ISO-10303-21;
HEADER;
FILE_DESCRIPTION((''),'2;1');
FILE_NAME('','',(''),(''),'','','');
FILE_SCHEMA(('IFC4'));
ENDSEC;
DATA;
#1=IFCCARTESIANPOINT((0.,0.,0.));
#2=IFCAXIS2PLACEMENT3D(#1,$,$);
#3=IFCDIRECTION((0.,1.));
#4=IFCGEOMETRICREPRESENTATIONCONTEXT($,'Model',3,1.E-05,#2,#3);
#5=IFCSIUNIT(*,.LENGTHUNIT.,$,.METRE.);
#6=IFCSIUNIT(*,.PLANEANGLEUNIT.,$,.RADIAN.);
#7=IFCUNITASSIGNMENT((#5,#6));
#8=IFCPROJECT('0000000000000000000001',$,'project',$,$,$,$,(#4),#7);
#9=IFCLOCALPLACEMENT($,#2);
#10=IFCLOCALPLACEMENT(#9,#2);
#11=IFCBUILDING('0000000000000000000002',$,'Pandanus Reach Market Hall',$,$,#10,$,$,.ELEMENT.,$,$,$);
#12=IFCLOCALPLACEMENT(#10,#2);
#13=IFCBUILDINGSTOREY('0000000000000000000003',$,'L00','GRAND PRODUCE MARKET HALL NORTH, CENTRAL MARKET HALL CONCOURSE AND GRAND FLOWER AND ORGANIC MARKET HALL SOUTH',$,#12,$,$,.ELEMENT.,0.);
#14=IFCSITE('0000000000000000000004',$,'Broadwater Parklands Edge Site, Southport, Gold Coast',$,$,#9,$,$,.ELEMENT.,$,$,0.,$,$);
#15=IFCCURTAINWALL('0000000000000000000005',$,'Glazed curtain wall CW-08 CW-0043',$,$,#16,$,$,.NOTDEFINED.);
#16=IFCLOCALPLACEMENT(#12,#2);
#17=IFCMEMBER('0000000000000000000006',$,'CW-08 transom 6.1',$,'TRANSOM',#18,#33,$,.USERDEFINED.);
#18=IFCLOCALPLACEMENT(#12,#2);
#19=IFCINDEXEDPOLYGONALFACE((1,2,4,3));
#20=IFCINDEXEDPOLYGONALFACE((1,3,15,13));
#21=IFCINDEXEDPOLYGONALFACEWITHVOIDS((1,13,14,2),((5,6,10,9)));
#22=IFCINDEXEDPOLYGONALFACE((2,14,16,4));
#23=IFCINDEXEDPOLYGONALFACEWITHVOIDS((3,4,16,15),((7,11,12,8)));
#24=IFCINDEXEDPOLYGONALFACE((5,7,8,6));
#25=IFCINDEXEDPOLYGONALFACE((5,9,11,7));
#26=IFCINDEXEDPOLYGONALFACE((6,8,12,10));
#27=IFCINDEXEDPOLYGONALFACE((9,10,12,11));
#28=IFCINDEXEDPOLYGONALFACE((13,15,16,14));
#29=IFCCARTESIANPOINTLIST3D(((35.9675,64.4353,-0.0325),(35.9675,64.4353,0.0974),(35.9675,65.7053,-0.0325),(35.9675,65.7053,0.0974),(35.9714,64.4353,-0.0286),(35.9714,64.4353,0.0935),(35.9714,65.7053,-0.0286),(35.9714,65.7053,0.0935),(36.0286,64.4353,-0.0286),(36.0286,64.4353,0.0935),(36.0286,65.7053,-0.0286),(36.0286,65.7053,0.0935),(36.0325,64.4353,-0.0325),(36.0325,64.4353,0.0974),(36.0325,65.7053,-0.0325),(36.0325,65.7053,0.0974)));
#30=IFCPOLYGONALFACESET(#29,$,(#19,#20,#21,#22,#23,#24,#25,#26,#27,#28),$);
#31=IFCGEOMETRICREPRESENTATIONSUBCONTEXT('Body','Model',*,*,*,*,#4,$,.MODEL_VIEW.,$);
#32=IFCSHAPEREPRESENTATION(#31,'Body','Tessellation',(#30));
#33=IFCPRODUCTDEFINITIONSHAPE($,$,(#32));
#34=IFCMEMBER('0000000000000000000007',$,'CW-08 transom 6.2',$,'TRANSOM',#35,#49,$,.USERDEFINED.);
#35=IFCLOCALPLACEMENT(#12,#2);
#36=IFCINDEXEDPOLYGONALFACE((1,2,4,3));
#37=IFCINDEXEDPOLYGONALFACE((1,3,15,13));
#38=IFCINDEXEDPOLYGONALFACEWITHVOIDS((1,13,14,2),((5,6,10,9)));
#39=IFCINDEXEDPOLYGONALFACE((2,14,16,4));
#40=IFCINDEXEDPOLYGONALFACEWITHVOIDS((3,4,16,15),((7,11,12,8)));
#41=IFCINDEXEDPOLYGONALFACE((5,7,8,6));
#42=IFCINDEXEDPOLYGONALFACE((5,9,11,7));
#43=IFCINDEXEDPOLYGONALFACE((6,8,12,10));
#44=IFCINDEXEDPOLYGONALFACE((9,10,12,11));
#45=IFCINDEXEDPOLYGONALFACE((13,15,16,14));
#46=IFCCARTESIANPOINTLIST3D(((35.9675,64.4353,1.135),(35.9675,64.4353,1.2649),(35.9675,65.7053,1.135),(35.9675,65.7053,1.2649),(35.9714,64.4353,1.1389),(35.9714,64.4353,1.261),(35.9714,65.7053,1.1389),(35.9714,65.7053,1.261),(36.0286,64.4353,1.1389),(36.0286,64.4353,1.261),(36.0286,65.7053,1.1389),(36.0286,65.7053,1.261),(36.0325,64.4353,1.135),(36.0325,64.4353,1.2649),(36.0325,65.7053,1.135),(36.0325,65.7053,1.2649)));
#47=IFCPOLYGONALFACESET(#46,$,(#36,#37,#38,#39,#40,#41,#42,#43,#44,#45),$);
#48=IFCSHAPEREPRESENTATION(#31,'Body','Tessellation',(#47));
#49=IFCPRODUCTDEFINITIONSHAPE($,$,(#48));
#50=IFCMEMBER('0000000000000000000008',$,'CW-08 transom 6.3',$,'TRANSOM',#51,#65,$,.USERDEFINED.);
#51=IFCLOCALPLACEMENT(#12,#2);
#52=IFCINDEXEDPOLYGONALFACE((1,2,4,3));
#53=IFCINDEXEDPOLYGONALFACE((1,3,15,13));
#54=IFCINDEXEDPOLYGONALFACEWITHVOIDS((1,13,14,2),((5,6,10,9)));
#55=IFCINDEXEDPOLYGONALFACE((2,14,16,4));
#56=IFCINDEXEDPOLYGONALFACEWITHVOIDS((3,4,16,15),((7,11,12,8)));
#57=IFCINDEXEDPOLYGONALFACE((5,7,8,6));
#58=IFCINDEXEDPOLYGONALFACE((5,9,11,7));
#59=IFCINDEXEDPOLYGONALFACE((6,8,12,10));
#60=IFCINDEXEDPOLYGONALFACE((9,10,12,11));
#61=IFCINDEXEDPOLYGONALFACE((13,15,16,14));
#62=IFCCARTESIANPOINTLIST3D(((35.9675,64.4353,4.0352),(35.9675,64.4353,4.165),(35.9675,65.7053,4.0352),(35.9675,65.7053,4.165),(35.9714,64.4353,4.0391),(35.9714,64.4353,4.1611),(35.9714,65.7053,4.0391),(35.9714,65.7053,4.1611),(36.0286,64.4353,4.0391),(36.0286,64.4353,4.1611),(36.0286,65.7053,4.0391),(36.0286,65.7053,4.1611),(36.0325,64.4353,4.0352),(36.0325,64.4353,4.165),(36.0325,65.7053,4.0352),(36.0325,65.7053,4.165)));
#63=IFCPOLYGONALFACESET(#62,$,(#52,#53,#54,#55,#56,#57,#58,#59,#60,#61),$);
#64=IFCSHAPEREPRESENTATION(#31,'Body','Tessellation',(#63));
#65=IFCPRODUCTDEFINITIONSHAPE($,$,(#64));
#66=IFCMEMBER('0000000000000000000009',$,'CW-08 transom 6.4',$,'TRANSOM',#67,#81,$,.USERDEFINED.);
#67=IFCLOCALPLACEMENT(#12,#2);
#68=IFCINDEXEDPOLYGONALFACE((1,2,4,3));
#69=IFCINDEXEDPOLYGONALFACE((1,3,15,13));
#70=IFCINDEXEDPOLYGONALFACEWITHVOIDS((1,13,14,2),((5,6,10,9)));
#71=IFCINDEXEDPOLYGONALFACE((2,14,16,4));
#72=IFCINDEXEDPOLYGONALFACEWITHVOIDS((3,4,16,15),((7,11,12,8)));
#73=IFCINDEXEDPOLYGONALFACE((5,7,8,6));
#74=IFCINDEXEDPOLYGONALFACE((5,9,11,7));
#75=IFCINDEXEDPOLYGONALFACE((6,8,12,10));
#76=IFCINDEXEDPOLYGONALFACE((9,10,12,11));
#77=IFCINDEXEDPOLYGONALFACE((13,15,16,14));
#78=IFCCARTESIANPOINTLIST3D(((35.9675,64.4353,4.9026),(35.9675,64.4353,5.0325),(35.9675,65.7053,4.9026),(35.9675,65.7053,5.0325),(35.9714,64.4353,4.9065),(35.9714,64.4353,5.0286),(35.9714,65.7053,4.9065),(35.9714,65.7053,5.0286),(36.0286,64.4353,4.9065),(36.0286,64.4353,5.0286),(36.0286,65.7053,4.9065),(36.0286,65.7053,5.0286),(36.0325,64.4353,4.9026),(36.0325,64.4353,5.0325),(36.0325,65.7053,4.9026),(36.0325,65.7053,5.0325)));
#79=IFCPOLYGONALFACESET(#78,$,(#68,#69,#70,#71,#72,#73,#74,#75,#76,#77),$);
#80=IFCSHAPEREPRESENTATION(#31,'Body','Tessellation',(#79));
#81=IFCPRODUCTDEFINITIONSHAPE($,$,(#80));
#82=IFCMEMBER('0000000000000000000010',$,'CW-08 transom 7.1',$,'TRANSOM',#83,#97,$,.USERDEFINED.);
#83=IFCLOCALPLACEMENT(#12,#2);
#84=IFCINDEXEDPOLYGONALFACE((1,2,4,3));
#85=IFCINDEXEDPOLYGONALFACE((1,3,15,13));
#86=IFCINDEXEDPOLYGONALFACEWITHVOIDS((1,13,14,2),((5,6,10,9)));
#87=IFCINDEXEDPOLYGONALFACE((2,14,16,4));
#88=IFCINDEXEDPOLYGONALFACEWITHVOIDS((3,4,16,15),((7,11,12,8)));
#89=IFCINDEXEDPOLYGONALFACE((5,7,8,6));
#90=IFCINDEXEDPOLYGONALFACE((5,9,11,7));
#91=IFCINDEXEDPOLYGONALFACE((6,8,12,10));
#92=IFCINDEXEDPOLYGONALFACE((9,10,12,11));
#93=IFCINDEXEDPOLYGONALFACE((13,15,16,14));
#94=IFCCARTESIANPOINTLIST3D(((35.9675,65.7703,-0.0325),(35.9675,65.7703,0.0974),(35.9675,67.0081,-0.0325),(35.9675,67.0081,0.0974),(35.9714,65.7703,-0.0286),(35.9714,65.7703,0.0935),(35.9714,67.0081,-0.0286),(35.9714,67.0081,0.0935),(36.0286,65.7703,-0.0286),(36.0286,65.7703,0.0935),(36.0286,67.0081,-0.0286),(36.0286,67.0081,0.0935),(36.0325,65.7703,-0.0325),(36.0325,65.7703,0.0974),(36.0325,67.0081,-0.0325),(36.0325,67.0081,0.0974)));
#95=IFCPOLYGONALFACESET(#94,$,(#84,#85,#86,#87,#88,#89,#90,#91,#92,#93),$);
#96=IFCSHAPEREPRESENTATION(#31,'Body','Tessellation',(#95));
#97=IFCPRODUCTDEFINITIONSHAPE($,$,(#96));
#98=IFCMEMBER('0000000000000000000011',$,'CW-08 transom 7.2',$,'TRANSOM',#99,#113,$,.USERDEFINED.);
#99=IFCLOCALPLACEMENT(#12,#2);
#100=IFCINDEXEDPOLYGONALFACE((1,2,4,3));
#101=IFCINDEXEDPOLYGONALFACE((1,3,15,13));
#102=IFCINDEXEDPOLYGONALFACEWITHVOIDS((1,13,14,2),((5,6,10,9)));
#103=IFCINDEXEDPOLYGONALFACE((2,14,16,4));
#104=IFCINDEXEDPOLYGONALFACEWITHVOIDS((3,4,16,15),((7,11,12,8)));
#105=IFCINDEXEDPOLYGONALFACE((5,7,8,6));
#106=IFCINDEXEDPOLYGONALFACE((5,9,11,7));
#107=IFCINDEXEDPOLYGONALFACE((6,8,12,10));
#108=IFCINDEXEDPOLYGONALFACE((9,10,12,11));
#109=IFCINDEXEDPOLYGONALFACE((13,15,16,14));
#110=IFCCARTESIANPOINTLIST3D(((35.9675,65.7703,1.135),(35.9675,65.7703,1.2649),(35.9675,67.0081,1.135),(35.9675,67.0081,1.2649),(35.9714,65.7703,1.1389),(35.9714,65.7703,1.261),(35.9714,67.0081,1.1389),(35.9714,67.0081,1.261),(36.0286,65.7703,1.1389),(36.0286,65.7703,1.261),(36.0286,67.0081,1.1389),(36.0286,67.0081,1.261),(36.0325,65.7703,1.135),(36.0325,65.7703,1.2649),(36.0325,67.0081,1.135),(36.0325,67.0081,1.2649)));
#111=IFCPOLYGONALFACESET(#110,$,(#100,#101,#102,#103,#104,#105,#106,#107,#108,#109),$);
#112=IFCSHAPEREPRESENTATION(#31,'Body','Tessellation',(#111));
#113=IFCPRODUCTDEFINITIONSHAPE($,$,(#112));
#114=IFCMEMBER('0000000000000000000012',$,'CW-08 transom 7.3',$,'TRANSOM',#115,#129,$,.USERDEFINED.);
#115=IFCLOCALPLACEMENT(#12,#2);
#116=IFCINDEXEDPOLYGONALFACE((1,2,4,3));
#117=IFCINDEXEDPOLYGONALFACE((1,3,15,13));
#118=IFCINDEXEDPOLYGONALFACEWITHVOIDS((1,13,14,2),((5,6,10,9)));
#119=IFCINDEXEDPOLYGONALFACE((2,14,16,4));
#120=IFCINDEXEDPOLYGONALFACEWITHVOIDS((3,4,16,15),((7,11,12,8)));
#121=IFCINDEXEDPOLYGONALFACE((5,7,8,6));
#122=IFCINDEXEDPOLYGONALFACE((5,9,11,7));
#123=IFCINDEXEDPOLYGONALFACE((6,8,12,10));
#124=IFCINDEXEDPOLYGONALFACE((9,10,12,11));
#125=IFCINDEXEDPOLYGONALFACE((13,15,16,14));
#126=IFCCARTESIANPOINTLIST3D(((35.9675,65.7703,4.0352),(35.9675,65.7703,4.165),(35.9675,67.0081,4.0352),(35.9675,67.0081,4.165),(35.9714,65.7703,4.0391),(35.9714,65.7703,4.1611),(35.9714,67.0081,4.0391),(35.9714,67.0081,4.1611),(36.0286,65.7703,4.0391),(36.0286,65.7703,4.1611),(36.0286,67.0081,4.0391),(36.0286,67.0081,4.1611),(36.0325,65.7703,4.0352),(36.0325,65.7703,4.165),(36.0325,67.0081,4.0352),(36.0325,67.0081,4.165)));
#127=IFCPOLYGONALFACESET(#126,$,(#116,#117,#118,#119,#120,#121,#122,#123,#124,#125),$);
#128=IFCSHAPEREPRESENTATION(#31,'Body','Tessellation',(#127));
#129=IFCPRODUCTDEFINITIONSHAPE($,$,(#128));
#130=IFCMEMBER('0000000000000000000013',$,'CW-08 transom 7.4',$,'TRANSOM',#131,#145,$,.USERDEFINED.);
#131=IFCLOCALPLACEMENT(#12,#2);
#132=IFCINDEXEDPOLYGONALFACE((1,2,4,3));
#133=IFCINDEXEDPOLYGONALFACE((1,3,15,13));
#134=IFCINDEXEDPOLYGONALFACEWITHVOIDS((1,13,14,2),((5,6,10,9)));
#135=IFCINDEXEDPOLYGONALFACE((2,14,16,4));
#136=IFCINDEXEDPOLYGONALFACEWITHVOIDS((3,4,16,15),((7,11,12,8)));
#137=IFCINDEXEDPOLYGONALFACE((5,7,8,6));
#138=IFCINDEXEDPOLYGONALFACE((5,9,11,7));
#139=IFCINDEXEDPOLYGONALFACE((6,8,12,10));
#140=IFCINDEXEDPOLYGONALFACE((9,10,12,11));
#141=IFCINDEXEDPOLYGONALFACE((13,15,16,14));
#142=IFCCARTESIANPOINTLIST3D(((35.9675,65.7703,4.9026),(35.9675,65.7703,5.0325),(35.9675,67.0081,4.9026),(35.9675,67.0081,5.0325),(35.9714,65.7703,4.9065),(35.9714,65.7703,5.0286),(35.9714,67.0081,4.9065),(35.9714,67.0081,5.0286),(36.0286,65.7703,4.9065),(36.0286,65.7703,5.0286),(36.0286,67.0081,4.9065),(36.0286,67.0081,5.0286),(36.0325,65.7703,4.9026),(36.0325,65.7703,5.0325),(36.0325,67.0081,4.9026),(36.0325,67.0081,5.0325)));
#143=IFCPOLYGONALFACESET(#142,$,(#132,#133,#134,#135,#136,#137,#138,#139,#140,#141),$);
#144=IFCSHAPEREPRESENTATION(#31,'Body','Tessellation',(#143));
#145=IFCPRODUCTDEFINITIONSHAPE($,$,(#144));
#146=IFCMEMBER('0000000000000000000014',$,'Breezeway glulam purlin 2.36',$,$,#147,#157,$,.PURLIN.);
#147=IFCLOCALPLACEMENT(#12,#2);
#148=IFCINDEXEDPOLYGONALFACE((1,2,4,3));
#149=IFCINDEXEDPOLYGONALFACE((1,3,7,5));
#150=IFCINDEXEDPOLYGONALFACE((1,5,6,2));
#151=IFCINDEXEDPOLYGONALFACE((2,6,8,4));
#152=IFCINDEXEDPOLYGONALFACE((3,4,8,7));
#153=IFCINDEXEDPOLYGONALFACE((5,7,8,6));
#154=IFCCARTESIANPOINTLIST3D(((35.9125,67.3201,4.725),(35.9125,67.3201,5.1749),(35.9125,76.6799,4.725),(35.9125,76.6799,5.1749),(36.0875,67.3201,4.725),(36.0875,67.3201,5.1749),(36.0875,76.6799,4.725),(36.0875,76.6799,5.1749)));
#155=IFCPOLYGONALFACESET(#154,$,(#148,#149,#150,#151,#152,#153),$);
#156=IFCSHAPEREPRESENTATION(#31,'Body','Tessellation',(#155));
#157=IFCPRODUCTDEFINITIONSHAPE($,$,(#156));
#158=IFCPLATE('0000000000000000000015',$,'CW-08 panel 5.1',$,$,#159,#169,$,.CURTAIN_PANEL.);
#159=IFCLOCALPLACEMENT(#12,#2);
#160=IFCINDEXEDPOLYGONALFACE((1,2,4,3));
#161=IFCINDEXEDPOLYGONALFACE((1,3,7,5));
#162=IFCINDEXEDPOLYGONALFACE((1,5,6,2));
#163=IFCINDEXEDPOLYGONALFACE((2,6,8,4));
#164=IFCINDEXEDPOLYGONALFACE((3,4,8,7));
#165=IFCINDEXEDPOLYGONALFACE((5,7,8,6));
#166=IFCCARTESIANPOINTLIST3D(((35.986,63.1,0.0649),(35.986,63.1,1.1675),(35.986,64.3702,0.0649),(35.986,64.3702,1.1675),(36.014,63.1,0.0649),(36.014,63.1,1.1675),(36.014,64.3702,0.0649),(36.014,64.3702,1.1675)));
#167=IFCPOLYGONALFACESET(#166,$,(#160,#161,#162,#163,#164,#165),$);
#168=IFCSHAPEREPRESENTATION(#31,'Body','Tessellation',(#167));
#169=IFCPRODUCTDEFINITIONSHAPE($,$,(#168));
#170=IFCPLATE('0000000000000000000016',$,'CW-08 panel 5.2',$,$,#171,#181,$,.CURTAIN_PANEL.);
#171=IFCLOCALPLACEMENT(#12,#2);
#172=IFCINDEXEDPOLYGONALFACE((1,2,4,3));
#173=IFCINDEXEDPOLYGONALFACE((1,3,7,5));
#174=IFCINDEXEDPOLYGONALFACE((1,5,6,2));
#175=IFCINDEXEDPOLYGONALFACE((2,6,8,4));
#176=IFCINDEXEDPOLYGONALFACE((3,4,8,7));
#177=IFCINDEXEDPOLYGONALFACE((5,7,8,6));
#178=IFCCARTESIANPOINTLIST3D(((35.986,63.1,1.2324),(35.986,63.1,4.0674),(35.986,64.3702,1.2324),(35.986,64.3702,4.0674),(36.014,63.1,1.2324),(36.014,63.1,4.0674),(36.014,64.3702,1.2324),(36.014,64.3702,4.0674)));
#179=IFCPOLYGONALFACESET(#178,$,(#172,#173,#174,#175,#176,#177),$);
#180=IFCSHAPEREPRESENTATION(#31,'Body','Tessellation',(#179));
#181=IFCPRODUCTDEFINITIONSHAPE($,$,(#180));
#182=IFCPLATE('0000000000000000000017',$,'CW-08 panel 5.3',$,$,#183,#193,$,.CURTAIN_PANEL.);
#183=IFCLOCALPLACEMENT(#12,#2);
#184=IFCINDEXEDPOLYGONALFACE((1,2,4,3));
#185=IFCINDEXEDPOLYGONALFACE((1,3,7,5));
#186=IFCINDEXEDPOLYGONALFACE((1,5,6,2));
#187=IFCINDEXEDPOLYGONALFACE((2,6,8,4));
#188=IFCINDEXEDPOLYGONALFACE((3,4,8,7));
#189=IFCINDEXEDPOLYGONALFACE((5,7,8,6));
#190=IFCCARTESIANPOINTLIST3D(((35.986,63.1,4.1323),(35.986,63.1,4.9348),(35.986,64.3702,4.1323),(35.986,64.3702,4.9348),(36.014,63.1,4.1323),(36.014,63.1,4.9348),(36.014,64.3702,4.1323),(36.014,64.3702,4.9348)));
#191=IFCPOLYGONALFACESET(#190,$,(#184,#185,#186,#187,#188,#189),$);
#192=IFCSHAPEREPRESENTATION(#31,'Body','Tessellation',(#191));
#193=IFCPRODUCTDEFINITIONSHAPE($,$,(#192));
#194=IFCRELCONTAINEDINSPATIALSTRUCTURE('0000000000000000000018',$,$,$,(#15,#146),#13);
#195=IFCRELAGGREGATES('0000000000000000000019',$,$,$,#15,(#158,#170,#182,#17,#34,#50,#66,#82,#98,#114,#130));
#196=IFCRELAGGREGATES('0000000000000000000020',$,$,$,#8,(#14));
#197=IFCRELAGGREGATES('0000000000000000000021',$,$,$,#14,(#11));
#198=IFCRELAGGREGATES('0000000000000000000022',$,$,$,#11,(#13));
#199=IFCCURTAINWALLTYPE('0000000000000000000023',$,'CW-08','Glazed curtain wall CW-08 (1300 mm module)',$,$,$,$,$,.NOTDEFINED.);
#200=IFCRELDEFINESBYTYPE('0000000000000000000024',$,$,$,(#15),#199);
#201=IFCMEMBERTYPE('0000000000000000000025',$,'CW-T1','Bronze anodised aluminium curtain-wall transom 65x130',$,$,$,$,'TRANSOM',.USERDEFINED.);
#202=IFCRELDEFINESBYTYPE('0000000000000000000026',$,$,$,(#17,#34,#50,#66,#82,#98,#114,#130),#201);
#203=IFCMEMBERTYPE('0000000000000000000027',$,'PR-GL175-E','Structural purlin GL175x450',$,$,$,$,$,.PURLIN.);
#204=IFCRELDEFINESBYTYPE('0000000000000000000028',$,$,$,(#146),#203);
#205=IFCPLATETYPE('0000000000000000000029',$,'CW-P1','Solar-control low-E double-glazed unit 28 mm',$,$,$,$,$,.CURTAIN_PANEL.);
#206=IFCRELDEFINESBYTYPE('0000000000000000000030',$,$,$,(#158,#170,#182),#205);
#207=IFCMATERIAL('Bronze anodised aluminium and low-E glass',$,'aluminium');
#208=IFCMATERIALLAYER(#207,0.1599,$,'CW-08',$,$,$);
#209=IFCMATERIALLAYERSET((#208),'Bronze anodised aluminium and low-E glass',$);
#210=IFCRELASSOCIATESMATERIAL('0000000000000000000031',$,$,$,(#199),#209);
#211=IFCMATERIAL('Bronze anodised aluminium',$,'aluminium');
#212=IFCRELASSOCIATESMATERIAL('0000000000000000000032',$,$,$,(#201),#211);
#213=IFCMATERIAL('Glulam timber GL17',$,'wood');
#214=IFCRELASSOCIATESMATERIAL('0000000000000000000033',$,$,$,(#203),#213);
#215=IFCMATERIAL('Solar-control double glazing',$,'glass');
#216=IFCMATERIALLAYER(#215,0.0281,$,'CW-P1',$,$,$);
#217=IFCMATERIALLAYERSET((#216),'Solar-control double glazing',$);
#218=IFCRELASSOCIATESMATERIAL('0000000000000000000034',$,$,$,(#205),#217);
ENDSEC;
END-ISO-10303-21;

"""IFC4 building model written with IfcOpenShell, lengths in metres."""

from ifc_helpers import new_model, si_unit, direction, frame, origin, origin_2d, place, context, subcontext, project, spatial, rectangle, hollow_rectangle, extrude, material, layer, layer_set, material_profile, profile_set, type_object, element, aggregate, save


model = new_model("IFC4")

# Units and contexts
model_context = context("Model", 3, precision=1e-05, world=origin(), true_north=direction((0.0, 1.0)))
body_context = subcontext(model_context, "Body", "Model", "MODEL_VIEW")
ifc_project = project(units=[si_unit("LENGTHUNIT", "METRE"), si_unit("PLANEANGLEUNIT", "RADIAN")], contexts=[model_context])

# Site, building, storey
site_placement = place(None, origin())
site = spatial("IfcSite", under=ifc_project, at=site_placement, Name="Broadwater Parklands Edge Site, Southport, Gold Coast", CompositionType="ELEMENT", RefElevation=0.0)
building_placement = place(site_placement, origin())
building = spatial("IfcBuilding", under=site, at=building_placement, Name="Pandanus Reach Market Hall", CompositionType="ELEMENT")
storey_placement = place(building_placement, origin())
storey = spatial("IfcBuildingStorey", under=building, at=storey_placement, Name="L00", Description="GRAND PRODUCE MARKET HALL NORTH, CENTRAL MARKET HALL CONCOURSE AND GRAND FLOWER AND ORGANIC MARKET HALL SOUTH", CompositionType="ELEMENT", Elevation=0.0)

# Curtain wall, members
ifc_material_1 = material(Name="Bronze anodised aluminium and low-E glass", Category="aluminium")
ifc_layer_1 = layer(ifc_material_1, 0.1599, Name="CW-08")
ifc_layer_set_1 = layer_set([ifc_layer_1], Name="Bronze anodised aluminium and low-E glass")
curtain_wall_type = type_object("IfcCurtainWallType", Name="CW-08", Description="Glazed curtain wall CW-08 (1300 mm module)", PredefinedType="NOTDEFINED", material=ifc_layer_set_1)
curtain_wall_placement = place(storey_placement, origin())
curtain_wall = element("IfcCurtainWall", 1, at=curtain_wall_placement, inside=storey, type_object=curtain_wall_type, Name="Glazed curtain wall CW-08 CW-0043", PredefinedType="NOTDEFINED")
ifc_material_2 = material(Name="Bronze anodised aluminium", Category="aluminium")
ifc_material_profile_1 = material_profile(ifc_material_2, hollow_rectangle(XDim=0.0649, YDim=0.1299, WallThickness=0.0039, at=origin_2d()), Name="ALU65x130", Category="LoadBearing")
ifc_profile_set_1 = profile_set([ifc_material_profile_1], Name="Bronze anodised aluminium")
member_type_1 = type_object("IfcMemberType", Name="CW-T1", Description="Bronze anodised aluminium curtain-wall transom 65x130", ElementType="TRANSOM", PredefinedType="USERDEFINED", material=ifc_profile_set_1)
member_1_placement = place(storey_placement, frame((36.0, 64.4353, 0.0325), z_axis=(0.0, 1.0, 0.0), x_axis=(-1.0, 0.0, 0.0)))
member_1 = element("IfcMember", 2, at=member_1_placement, type_object=member_type_1, Name="CW-08 transom 6.1", ObjectType="TRANSOM", PredefinedType="USERDEFINED", context=body_context, shape_type="SweptSolid", body=[
    extrude(hollow_rectangle(XDim=0.0649, YDim=0.1299, WallThickness=0.0039, at=origin_2d()), origin(), (0.0, 0.0, 1.0), 1.27),
])
member_2_placement = place(storey_placement, frame((36.0, 64.4353, 1.2), z_axis=(0.0, 1.0, 0.0), x_axis=(-1.0, 0.0, 0.0)))
member_2 = element("IfcMember", 3, at=member_2_placement, type_object=member_type_1, Name="CW-08 transom 6.2", ObjectType="TRANSOM", PredefinedType="USERDEFINED", context=body_context, shape_type="SweptSolid", body=[
    extrude(hollow_rectangle(XDim=0.0649, YDim=0.1299, WallThickness=0.0039, at=origin_2d()), origin(), (0.0, 0.0, 1.0), 1.27),
])
member_3_placement = place(storey_placement, frame((36.0, 64.4353, 4.1001), z_axis=(0.0, 1.0, 0.0), x_axis=(-1.0, 0.0, 0.0)))
member_3 = element("IfcMember", 4, at=member_3_placement, type_object=member_type_1, Name="CW-08 transom 6.3", ObjectType="TRANSOM", PredefinedType="USERDEFINED", context=body_context, shape_type="SweptSolid", body=[
    extrude(hollow_rectangle(XDim=0.0649, YDim=0.1299, WallThickness=0.0039, at=origin_2d()), origin(), (0.0, 0.0, 1.0), 1.27),
])
member_4_placement = place(storey_placement, frame((36.0, 64.4353, 4.9675), z_axis=(0.0, 1.0, 0.0), x_axis=(-1.0, 0.0, 0.0)))
member_4 = element("IfcMember", 5, at=member_4_placement, type_object=member_type_1, Name="CW-08 transom 6.4", ObjectType="TRANSOM", PredefinedType="USERDEFINED", context=body_context, shape_type="SweptSolid", body=[
    extrude(hollow_rectangle(XDim=0.0649, YDim=0.1299, WallThickness=0.0039, at=origin_2d()), origin(), (0.0, 0.0, 1.0), 1.27),
])
member_5_placement = place(storey_placement, frame((36.0, 65.7703, 0.0325), z_axis=(0.0, 1.0, 0.0), x_axis=(-1.0, 0.0, 0.0)))
member_5 = element("IfcMember", 6, at=member_5_placement, type_object=member_type_1, Name="CW-08 transom 7.1", ObjectType="TRANSOM", PredefinedType="USERDEFINED", context=body_context, shape_type="SweptSolid", body=[
    extrude(hollow_rectangle(XDim=0.0649, YDim=0.1299, WallThickness=0.0039, at=origin_2d()), origin(), (0.0, 0.0, 1.0), 1.2378),
])
member_6_placement = place(storey_placement, frame((36.0, 65.7703, 1.2), z_axis=(0.0, 1.0, 0.0), x_axis=(-1.0, 0.0, 0.0)))
member_6 = element("IfcMember", 7, at=member_6_placement, type_object=member_type_1, Name="CW-08 transom 7.2", ObjectType="TRANSOM", PredefinedType="USERDEFINED", context=body_context, shape_type="SweptSolid", body=[
    extrude(hollow_rectangle(XDim=0.0649, YDim=0.1299, WallThickness=0.0039, at=origin_2d()), origin(), (0.0, 0.0, 1.0), 1.2378),
])
member_7_placement = place(storey_placement, frame((36.0, 65.7703, 4.1001), z_axis=(0.0, 1.0, 0.0), x_axis=(-1.0, 0.0, 0.0)))
member_7 = element("IfcMember", 8, at=member_7_placement, type_object=member_type_1, Name="CW-08 transom 7.3", ObjectType="TRANSOM", PredefinedType="USERDEFINED", context=body_context, shape_type="SweptSolid", body=[
    extrude(hollow_rectangle(XDim=0.0649, YDim=0.1299, WallThickness=0.0039, at=origin_2d()), origin(), (0.0, 0.0, 1.0), 1.2378),
])
member_8_placement = place(storey_placement, frame((36.0, 65.7703, 4.9675), z_axis=(0.0, 1.0, 0.0), x_axis=(-1.0, 0.0, 0.0)))
member_8 = element("IfcMember", 9, at=member_8_placement, type_object=member_type_1, Name="CW-08 transom 7.4", ObjectType="TRANSOM", PredefinedType="USERDEFINED", context=body_context, shape_type="SweptSolid", body=[
    extrude(hollow_rectangle(XDim=0.0649, YDim=0.1299, WallThickness=0.0039, at=origin_2d()), origin(), (0.0, 0.0, 1.0), 1.2378),
])

# Member
ifc_material_3 = material(Name="Glulam timber GL17", Category="wood")
ifc_material_profile_2 = material_profile(ifc_material_3, rectangle(XDim=0.175, YDim=0.45, at=origin_2d()), Name="GL175x450", Category="LoadBearing")
ifc_profile_set_2 = profile_set([ifc_material_profile_2], Name="Glulam timber GL17")
member_type_2 = type_object("IfcMemberType", Name="PR-GL175-E", Description="Structural purlin GL175x450", PredefinedType="PURLIN", material=ifc_profile_set_2)
member_9_placement = place(storey_placement, frame((36.0, 67.3201, 4.95), z_axis=(0.0, 1.0, 0.0), x_axis=(-1.0, 0.0, 0.0)))
element("IfcMember", 10, at=member_9_placement, inside=storey, type_object=member_type_2, Name="Breezeway glulam purlin 2.36", PredefinedType="PURLIN", context=body_context, shape_type="SweptSolid", body=[
    extrude(rectangle(XDim=0.175, YDim=0.45, at=origin_2d()), origin(), (0.0, 0.0, 1.0), 9.3599),
])

# Plates
ifc_material_4 = material(Name="Solar-control double glazing", Category="glass")
ifc_layer_2 = layer(ifc_material_4, 0.0281, Name="CW-P1")
ifc_layer_set_2 = layer_set([ifc_layer_2], Name="Solar-control double glazing")
plate_type = type_object("IfcPlateType", Name="CW-P1", Description="Solar-control low-E double-glazed unit 28 mm", PredefinedType="CURTAIN_PANEL", material=ifc_layer_set_2)
plate_1_placement = place(storey_placement, frame((36.0, 63.7351, 0.0649), z_axis=(0.0, 0.0, 1.0), x_axis=(0.0, 1.0, 0.0)))
plate_1 = element("IfcPlate", 11, at=plate_1_placement, type_object=plate_type, Name="CW-08 panel 5.1", PredefinedType="CURTAIN_PANEL", context=body_context, shape_type="SweptSolid", body=[
    extrude(rectangle(XDim=1.2703, YDim=0.0281, at=origin_2d()), origin(), (0.0, 0.0, 1.0), 1.1025),
])
plate_2_placement = place(storey_placement, frame((36.0, 63.7351, 1.2324), z_axis=(0.0, 0.0, 1.0), x_axis=(0.0, 1.0, 0.0)))
plate_2 = element("IfcPlate", 12, at=plate_2_placement, type_object=plate_type, Name="CW-08 panel 5.2", PredefinedType="CURTAIN_PANEL", context=body_context, shape_type="SweptSolid", body=[
    extrude(rectangle(XDim=1.2703, YDim=0.0281, at=origin_2d()), origin(), (0.0, 0.0, 1.0), 2.835),
])
plate_3_placement = place(storey_placement, frame((36.0, 63.7351, 4.1323), z_axis=(0.0, 0.0, 1.0), x_axis=(0.0, 1.0, 0.0)))
plate_3 = element("IfcPlate", 13, at=plate_3_placement, type_object=plate_type, Name="CW-08 panel 5.3", PredefinedType="CURTAIN_PANEL", context=body_context, shape_type="SweptSolid", body=[
    extrude(rectangle(XDim=1.2703, YDim=0.0281, at=origin_2d()), origin(), (0.0, 0.0, 1.0), 0.8025),
])
aggregate(curtain_wall, [plate_1, plate_2, plate_3, member_1, member_2, member_3, member_4, member_5, member_6, member_7, member_8])

save(model, "model.ifc")
